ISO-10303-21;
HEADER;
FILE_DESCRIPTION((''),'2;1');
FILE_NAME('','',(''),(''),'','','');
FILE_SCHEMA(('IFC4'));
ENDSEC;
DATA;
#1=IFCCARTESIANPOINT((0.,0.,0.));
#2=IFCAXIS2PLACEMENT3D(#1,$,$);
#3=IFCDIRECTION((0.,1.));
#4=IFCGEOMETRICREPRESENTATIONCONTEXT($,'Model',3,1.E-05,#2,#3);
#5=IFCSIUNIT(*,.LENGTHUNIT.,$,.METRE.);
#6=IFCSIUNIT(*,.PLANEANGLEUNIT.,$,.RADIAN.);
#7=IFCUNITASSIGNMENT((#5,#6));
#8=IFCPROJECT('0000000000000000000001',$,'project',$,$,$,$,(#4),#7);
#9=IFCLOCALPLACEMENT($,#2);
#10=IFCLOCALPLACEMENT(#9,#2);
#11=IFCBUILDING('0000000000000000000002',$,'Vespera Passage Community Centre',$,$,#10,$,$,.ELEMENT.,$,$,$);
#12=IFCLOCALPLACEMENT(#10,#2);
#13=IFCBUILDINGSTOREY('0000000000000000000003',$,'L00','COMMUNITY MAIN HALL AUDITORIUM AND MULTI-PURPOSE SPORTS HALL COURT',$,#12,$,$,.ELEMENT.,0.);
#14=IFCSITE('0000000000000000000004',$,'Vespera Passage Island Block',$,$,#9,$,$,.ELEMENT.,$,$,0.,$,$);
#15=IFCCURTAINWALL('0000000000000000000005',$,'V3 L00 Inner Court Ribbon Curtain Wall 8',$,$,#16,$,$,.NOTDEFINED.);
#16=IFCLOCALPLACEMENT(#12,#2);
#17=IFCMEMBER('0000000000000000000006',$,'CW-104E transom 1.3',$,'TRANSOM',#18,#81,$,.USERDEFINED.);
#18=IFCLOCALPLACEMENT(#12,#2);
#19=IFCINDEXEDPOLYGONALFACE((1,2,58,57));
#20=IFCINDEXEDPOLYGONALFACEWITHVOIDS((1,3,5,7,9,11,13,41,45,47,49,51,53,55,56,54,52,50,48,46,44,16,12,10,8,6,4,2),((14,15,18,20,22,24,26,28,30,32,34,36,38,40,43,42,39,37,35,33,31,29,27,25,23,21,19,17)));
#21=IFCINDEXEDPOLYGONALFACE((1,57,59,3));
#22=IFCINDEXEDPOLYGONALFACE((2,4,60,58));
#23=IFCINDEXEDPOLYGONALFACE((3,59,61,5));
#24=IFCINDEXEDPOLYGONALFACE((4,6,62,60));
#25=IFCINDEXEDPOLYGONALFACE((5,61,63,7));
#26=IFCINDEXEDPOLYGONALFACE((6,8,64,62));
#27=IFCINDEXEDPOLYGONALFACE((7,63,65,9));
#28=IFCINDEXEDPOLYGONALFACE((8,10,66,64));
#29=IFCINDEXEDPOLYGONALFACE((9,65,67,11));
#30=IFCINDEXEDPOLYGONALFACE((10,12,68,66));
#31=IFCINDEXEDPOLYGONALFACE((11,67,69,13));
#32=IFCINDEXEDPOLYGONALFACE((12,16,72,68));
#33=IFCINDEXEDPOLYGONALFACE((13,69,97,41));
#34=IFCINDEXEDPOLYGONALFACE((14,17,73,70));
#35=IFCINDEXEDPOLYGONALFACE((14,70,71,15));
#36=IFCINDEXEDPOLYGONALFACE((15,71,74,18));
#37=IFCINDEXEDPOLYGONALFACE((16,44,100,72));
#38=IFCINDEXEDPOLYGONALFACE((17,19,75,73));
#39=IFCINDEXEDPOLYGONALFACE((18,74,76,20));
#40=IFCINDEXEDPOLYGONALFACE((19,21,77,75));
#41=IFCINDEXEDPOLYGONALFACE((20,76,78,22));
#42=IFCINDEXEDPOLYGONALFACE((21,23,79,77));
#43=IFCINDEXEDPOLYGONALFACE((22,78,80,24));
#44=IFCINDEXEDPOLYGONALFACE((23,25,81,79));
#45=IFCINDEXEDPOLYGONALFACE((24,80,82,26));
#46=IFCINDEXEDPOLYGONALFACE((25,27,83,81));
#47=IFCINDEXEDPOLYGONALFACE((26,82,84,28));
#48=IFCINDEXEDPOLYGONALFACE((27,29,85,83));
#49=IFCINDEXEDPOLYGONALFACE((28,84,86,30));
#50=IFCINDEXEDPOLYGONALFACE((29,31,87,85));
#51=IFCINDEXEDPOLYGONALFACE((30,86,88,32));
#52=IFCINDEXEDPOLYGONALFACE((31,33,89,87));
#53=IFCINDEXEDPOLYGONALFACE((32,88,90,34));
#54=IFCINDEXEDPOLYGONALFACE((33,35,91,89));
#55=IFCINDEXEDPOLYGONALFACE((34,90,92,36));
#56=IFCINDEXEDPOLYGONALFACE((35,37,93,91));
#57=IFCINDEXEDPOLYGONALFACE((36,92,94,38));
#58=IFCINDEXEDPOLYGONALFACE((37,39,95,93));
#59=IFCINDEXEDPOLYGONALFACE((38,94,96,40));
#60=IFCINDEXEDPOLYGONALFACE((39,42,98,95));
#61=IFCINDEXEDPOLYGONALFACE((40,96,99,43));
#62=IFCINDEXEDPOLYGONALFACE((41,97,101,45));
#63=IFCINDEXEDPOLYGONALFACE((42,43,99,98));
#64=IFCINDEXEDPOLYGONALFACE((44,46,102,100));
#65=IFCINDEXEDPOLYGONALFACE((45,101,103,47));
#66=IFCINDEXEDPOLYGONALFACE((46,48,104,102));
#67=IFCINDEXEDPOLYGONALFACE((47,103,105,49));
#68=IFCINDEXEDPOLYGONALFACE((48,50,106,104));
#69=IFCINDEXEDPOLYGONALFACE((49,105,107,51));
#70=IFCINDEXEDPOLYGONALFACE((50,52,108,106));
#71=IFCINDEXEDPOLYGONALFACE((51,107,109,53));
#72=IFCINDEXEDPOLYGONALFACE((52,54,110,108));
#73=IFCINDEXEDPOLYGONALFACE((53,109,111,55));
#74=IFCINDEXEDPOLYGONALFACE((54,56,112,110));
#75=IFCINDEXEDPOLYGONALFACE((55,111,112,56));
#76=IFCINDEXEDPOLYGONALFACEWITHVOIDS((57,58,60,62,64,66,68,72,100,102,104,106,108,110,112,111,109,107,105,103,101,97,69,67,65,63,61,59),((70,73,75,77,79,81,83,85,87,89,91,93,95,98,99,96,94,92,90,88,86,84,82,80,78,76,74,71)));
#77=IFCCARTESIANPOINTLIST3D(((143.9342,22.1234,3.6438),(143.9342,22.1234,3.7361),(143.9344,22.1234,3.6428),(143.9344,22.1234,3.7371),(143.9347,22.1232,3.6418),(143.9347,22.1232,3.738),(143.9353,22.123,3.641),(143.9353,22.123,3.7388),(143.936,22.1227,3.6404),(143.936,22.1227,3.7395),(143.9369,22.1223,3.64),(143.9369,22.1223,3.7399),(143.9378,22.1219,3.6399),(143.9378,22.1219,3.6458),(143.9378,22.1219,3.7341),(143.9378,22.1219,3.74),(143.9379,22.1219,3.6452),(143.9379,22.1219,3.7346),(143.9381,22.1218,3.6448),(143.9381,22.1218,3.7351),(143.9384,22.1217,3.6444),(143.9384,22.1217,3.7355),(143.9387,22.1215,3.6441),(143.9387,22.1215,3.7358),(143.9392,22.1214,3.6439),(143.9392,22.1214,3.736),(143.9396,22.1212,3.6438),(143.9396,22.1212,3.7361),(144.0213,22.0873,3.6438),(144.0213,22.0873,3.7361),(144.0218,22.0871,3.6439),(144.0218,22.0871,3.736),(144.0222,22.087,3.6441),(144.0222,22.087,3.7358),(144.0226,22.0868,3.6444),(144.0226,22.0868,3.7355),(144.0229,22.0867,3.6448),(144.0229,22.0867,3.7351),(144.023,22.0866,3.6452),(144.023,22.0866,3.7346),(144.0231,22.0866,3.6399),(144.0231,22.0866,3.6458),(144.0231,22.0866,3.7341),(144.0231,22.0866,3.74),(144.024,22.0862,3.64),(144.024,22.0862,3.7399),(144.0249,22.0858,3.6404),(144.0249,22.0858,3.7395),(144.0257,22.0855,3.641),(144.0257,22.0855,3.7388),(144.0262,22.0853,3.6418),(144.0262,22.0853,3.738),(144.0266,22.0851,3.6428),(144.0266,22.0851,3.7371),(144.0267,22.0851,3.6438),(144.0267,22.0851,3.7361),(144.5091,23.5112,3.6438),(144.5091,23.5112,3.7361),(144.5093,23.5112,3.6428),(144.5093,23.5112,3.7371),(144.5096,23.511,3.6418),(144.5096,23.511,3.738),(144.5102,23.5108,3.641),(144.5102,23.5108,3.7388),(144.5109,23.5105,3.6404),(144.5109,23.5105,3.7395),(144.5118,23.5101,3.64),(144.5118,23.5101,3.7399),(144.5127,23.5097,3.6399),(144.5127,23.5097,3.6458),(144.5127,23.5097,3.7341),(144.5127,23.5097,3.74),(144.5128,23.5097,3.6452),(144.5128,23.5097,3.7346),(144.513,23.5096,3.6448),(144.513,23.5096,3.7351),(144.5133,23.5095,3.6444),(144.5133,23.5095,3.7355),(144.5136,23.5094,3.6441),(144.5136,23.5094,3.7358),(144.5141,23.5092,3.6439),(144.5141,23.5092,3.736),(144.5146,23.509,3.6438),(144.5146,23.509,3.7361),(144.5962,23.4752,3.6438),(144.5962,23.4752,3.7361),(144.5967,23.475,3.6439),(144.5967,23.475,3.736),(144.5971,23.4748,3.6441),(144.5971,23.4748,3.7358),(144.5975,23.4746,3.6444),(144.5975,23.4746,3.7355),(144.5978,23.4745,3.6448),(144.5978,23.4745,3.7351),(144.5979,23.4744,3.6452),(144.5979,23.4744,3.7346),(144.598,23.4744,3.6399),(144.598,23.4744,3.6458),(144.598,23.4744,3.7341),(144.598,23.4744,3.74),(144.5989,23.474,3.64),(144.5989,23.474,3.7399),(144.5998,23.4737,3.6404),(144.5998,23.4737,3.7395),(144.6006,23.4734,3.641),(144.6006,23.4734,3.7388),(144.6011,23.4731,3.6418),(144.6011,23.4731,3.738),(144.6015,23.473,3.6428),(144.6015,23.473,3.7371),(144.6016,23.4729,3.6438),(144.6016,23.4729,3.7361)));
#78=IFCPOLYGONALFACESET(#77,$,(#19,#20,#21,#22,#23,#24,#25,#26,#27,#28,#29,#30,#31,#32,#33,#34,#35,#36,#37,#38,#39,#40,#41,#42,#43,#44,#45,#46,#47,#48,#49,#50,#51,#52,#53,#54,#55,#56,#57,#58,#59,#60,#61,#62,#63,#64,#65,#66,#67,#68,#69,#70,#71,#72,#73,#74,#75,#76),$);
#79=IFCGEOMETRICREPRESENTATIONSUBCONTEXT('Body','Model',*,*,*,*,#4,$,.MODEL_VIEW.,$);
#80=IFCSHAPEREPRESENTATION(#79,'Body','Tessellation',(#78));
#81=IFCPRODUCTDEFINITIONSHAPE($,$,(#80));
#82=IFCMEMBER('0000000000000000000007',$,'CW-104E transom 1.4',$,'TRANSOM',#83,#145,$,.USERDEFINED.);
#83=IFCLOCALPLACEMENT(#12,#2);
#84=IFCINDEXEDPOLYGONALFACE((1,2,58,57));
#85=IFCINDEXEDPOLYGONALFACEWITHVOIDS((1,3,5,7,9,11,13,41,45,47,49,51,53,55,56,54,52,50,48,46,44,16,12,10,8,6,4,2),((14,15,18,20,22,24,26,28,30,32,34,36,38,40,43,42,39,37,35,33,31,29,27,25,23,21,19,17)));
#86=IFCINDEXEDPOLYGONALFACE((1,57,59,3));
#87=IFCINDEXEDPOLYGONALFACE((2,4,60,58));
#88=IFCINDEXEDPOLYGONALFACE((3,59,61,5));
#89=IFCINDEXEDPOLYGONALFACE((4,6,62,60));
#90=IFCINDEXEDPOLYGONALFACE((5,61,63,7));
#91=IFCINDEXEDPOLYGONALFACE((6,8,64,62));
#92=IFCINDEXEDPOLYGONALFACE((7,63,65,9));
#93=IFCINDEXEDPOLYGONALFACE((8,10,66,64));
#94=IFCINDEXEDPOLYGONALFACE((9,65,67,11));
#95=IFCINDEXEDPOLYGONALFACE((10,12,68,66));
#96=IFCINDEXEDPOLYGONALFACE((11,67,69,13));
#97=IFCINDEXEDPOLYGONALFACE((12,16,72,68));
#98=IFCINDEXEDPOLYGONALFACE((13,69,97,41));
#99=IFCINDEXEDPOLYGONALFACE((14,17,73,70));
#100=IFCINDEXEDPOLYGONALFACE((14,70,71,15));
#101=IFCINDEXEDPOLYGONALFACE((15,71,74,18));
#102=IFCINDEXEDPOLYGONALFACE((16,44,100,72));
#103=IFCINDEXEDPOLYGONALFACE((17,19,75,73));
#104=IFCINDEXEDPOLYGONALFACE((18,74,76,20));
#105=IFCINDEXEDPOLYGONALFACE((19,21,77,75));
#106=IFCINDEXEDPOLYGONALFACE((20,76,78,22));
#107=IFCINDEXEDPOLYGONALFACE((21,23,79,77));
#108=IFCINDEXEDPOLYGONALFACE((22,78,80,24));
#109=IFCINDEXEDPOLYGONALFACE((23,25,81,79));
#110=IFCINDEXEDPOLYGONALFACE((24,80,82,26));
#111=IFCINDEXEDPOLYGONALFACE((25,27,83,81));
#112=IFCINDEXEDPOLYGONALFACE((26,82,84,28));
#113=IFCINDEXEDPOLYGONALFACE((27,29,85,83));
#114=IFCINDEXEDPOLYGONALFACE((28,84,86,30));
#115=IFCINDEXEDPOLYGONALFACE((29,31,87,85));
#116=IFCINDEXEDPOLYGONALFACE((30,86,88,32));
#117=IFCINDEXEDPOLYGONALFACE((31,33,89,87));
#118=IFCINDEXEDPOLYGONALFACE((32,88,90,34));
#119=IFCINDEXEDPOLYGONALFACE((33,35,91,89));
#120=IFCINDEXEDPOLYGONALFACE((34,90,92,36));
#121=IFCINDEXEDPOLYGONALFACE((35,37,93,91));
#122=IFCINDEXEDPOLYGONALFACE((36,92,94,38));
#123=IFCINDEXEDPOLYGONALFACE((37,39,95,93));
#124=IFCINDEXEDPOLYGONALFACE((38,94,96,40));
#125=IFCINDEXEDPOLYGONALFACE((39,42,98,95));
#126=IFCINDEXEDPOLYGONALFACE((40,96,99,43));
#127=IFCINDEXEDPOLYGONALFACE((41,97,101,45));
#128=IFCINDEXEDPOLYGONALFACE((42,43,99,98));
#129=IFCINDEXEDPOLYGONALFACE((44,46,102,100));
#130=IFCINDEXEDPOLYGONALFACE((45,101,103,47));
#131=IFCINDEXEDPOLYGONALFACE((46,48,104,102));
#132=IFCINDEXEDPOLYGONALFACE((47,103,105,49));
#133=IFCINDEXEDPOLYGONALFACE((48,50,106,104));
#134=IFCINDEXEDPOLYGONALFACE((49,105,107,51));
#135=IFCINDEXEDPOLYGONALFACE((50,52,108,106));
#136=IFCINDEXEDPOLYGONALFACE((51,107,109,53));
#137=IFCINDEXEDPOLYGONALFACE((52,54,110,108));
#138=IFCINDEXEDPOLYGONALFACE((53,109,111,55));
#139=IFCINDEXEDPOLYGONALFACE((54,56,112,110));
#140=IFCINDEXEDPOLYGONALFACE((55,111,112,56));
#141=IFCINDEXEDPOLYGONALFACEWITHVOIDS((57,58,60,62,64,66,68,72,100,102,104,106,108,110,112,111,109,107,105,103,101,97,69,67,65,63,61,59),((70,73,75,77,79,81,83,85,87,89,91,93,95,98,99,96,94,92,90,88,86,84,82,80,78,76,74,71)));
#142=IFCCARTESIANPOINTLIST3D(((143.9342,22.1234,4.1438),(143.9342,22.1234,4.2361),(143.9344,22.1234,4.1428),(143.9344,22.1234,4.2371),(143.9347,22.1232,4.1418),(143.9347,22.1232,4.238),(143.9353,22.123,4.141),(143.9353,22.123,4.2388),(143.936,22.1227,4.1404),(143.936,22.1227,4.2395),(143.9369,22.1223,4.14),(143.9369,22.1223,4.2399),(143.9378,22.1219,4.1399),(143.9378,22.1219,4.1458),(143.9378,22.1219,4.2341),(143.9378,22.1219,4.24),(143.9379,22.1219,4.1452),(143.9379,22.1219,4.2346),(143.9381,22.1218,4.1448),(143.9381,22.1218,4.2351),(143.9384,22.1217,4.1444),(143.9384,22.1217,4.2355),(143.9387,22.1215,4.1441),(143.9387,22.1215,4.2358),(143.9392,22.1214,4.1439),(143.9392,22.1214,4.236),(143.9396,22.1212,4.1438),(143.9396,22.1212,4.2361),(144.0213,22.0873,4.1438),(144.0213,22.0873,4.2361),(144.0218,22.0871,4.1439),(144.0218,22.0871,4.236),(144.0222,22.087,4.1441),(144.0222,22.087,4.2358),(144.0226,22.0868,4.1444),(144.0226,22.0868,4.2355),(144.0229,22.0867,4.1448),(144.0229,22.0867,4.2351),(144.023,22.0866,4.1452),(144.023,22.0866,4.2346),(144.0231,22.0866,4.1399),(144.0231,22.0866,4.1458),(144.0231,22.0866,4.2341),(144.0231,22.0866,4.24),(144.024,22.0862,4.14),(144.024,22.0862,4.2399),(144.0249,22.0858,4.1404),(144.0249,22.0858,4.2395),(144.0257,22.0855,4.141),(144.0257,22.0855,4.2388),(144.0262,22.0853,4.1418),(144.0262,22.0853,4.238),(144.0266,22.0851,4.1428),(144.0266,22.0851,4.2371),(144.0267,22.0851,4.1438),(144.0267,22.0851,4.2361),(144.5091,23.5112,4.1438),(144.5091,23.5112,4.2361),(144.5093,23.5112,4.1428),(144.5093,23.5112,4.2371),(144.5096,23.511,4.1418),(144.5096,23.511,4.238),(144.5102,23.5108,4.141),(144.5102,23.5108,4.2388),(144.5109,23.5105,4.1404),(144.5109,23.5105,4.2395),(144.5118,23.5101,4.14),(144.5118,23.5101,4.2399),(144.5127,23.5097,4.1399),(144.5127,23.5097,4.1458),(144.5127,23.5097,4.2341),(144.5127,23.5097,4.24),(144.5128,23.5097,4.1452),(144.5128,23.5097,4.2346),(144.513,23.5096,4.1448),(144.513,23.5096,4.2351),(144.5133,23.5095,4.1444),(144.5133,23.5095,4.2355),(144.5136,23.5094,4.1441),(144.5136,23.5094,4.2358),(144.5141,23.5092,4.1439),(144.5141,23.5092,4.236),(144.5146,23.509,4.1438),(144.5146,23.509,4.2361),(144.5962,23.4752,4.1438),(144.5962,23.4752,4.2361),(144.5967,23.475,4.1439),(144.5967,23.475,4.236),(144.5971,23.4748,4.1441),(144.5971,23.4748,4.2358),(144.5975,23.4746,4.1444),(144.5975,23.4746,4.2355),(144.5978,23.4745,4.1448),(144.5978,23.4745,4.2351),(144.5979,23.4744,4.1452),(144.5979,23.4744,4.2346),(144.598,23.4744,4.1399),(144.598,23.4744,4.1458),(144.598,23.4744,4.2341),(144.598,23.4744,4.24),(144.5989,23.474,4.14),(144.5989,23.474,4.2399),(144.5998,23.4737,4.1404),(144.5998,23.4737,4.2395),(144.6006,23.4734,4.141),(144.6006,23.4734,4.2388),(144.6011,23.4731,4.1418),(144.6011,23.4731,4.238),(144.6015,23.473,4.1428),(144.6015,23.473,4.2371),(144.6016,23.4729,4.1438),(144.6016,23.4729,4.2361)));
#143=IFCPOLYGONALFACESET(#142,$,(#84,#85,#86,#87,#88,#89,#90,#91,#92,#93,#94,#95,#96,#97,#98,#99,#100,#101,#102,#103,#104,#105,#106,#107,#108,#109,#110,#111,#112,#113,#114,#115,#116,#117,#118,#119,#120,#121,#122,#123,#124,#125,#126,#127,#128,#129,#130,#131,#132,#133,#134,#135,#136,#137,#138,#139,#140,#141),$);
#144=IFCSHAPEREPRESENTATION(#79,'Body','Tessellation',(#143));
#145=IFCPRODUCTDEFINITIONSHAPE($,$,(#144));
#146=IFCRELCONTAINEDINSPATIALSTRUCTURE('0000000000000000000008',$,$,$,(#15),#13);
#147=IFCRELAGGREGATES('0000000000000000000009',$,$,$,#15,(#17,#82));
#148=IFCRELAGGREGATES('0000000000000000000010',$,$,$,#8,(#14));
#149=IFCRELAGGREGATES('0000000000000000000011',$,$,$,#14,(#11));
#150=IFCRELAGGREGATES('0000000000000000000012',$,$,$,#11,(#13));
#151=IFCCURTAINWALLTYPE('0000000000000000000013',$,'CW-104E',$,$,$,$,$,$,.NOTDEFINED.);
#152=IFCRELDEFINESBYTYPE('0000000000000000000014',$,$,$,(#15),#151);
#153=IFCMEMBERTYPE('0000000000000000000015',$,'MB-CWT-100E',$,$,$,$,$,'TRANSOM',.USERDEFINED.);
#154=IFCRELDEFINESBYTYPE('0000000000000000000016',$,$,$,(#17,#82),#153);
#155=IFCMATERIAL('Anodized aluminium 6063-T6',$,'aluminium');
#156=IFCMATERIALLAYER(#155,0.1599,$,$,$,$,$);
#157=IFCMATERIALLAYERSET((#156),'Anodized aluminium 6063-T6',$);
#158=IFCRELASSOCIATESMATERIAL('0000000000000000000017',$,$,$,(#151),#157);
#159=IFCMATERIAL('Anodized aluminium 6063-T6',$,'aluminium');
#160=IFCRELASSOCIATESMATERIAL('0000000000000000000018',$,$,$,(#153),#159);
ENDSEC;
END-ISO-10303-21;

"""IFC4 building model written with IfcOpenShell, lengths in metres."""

from ifc_helpers import new_model, si_unit, direction, frame, origin, origin_2d, place, context, subcontext, project, spatial, hollow_rectangle, extrude, material, layer, layer_set, material_profile, profile_set, type_object, element, aggregate, save


model = new_model("IFC4")

# Units and contexts
model_context = context("Model", 3, precision=1e-05, world=origin(), true_north=direction((0.0, 1.0)))
body_context = subcontext(model_context, "Body", "Model", "MODEL_VIEW")
ifc_project = project(units=[si_unit("LENGTHUNIT", "METRE"), si_unit("PLANEANGLEUNIT", "RADIAN")], contexts=[model_context])

# Site, building, storey
site_placement = place(None, origin())
site = spatial("IfcSite", under=ifc_project, at=site_placement, Name="Vespera Passage Island Block", CompositionType="ELEMENT", RefElevation=0.0)
building_placement = place(site_placement, origin())
building = spatial("IfcBuilding", under=site, at=building_placement, Name="Vespera Passage Community Centre", CompositionType="ELEMENT")
storey_placement = place(building_placement, origin())
storey = spatial("IfcBuildingStorey", under=building, at=storey_placement, Name="L00", Description="COMMUNITY MAIN HALL AUDITORIUM AND MULTI-PURPOSE SPORTS HALL COURT", CompositionType="ELEMENT", Elevation=0.0)

# Curtain wall
ifc_material_1 = material(Name="Anodized aluminium 6063-T6", Category="aluminium")
ifc_layer_1 = layer(ifc_material_1, 0.1599)
ifc_layer_set_1 = layer_set([ifc_layer_1], Name="Anodized aluminium 6063-T6")
curtain_wall_type = type_object("IfcCurtainWallType", Name="CW-104E", PredefinedType="NOTDEFINED", material=ifc_layer_set_1)
curtain_wall_1_placement = place(storey_placement, origin())
curtain_wall_1 = element("IfcCurtainWall", 1, at=curtain_wall_1_placement, inside=storey, type_object=curtain_wall_type, Name="V3 L00 Inner Court Ribbon Curtain Wall 8", PredefinedType="NOTDEFINED")

# Members
ifc_material_2 = material(Name="Anodized aluminium 6063-T6", Category="aluminium")
ifc_material_profile_1 = material_profile(ifc_material_2, hollow_rectangle(XDim=0.1001, YDim=0.1001, WallThickness=0.0039, InnerFilletRadius=0.002, OuterFilletRadius=0.0039, at=origin_2d()), Name="ALU100X100X4")
ifc_profile_set_1 = profile_set([ifc_material_profile_1], Name="Anodized aluminium 6063-T6")
member_type_1 = type_object("IfcMemberType", Name="MB-CWT-100E", ElementType="TRANSOM", PredefinedType="USERDEFINED", material=ifc_profile_set_1)
member_1_placement = place(storey_placement, frame((143.9805, 22.1042, 3.6899), z_axis=(0.382711, 0.923868, 0.0), x_axis=(-0.923868, 0.382711, 0.0)))
member_1 = element("IfcMember", 2, at=member_1_placement, type_object=member_type_1, Name="CW-104E transom 1.3", ObjectType="TRANSOM", PredefinedType="USERDEFINED", context=body_context, shape_type="SweptSolid", body=[
    extrude(hollow_rectangle(XDim=0.1001, YDim=0.1001, WallThickness=0.0039, InnerFilletRadius=0.002, OuterFilletRadius=0.0039, at=origin_2d()), origin(), (0.0, 0.0, 1.0), 1.5022),
])
member_2_placement = place(storey_placement, frame((143.9805, 22.1042, 4.1899), z_axis=(0.382711, 0.923868, 0.0), x_axis=(-0.923868, 0.382711, 0.0)))
member_2 = element("IfcMember", 3, at=member_2_placement, type_object=member_type_1, Name="CW-104E transom 1.4", ObjectType="TRANSOM", PredefinedType="USERDEFINED", context=body_context, shape_type="SweptSolid", body=[
    extrude(hollow_rectangle(XDim=0.1001, YDim=0.1001, WallThickness=0.0039, InnerFilletRadius=0.002, OuterFilletRadius=0.0039, at=origin_2d()), origin(), (0.0, 0.0, 1.0), 1.5022),
])

aggregate(curtain_wall_1, [member_1, member_2])

save(model, "model.ifc")
